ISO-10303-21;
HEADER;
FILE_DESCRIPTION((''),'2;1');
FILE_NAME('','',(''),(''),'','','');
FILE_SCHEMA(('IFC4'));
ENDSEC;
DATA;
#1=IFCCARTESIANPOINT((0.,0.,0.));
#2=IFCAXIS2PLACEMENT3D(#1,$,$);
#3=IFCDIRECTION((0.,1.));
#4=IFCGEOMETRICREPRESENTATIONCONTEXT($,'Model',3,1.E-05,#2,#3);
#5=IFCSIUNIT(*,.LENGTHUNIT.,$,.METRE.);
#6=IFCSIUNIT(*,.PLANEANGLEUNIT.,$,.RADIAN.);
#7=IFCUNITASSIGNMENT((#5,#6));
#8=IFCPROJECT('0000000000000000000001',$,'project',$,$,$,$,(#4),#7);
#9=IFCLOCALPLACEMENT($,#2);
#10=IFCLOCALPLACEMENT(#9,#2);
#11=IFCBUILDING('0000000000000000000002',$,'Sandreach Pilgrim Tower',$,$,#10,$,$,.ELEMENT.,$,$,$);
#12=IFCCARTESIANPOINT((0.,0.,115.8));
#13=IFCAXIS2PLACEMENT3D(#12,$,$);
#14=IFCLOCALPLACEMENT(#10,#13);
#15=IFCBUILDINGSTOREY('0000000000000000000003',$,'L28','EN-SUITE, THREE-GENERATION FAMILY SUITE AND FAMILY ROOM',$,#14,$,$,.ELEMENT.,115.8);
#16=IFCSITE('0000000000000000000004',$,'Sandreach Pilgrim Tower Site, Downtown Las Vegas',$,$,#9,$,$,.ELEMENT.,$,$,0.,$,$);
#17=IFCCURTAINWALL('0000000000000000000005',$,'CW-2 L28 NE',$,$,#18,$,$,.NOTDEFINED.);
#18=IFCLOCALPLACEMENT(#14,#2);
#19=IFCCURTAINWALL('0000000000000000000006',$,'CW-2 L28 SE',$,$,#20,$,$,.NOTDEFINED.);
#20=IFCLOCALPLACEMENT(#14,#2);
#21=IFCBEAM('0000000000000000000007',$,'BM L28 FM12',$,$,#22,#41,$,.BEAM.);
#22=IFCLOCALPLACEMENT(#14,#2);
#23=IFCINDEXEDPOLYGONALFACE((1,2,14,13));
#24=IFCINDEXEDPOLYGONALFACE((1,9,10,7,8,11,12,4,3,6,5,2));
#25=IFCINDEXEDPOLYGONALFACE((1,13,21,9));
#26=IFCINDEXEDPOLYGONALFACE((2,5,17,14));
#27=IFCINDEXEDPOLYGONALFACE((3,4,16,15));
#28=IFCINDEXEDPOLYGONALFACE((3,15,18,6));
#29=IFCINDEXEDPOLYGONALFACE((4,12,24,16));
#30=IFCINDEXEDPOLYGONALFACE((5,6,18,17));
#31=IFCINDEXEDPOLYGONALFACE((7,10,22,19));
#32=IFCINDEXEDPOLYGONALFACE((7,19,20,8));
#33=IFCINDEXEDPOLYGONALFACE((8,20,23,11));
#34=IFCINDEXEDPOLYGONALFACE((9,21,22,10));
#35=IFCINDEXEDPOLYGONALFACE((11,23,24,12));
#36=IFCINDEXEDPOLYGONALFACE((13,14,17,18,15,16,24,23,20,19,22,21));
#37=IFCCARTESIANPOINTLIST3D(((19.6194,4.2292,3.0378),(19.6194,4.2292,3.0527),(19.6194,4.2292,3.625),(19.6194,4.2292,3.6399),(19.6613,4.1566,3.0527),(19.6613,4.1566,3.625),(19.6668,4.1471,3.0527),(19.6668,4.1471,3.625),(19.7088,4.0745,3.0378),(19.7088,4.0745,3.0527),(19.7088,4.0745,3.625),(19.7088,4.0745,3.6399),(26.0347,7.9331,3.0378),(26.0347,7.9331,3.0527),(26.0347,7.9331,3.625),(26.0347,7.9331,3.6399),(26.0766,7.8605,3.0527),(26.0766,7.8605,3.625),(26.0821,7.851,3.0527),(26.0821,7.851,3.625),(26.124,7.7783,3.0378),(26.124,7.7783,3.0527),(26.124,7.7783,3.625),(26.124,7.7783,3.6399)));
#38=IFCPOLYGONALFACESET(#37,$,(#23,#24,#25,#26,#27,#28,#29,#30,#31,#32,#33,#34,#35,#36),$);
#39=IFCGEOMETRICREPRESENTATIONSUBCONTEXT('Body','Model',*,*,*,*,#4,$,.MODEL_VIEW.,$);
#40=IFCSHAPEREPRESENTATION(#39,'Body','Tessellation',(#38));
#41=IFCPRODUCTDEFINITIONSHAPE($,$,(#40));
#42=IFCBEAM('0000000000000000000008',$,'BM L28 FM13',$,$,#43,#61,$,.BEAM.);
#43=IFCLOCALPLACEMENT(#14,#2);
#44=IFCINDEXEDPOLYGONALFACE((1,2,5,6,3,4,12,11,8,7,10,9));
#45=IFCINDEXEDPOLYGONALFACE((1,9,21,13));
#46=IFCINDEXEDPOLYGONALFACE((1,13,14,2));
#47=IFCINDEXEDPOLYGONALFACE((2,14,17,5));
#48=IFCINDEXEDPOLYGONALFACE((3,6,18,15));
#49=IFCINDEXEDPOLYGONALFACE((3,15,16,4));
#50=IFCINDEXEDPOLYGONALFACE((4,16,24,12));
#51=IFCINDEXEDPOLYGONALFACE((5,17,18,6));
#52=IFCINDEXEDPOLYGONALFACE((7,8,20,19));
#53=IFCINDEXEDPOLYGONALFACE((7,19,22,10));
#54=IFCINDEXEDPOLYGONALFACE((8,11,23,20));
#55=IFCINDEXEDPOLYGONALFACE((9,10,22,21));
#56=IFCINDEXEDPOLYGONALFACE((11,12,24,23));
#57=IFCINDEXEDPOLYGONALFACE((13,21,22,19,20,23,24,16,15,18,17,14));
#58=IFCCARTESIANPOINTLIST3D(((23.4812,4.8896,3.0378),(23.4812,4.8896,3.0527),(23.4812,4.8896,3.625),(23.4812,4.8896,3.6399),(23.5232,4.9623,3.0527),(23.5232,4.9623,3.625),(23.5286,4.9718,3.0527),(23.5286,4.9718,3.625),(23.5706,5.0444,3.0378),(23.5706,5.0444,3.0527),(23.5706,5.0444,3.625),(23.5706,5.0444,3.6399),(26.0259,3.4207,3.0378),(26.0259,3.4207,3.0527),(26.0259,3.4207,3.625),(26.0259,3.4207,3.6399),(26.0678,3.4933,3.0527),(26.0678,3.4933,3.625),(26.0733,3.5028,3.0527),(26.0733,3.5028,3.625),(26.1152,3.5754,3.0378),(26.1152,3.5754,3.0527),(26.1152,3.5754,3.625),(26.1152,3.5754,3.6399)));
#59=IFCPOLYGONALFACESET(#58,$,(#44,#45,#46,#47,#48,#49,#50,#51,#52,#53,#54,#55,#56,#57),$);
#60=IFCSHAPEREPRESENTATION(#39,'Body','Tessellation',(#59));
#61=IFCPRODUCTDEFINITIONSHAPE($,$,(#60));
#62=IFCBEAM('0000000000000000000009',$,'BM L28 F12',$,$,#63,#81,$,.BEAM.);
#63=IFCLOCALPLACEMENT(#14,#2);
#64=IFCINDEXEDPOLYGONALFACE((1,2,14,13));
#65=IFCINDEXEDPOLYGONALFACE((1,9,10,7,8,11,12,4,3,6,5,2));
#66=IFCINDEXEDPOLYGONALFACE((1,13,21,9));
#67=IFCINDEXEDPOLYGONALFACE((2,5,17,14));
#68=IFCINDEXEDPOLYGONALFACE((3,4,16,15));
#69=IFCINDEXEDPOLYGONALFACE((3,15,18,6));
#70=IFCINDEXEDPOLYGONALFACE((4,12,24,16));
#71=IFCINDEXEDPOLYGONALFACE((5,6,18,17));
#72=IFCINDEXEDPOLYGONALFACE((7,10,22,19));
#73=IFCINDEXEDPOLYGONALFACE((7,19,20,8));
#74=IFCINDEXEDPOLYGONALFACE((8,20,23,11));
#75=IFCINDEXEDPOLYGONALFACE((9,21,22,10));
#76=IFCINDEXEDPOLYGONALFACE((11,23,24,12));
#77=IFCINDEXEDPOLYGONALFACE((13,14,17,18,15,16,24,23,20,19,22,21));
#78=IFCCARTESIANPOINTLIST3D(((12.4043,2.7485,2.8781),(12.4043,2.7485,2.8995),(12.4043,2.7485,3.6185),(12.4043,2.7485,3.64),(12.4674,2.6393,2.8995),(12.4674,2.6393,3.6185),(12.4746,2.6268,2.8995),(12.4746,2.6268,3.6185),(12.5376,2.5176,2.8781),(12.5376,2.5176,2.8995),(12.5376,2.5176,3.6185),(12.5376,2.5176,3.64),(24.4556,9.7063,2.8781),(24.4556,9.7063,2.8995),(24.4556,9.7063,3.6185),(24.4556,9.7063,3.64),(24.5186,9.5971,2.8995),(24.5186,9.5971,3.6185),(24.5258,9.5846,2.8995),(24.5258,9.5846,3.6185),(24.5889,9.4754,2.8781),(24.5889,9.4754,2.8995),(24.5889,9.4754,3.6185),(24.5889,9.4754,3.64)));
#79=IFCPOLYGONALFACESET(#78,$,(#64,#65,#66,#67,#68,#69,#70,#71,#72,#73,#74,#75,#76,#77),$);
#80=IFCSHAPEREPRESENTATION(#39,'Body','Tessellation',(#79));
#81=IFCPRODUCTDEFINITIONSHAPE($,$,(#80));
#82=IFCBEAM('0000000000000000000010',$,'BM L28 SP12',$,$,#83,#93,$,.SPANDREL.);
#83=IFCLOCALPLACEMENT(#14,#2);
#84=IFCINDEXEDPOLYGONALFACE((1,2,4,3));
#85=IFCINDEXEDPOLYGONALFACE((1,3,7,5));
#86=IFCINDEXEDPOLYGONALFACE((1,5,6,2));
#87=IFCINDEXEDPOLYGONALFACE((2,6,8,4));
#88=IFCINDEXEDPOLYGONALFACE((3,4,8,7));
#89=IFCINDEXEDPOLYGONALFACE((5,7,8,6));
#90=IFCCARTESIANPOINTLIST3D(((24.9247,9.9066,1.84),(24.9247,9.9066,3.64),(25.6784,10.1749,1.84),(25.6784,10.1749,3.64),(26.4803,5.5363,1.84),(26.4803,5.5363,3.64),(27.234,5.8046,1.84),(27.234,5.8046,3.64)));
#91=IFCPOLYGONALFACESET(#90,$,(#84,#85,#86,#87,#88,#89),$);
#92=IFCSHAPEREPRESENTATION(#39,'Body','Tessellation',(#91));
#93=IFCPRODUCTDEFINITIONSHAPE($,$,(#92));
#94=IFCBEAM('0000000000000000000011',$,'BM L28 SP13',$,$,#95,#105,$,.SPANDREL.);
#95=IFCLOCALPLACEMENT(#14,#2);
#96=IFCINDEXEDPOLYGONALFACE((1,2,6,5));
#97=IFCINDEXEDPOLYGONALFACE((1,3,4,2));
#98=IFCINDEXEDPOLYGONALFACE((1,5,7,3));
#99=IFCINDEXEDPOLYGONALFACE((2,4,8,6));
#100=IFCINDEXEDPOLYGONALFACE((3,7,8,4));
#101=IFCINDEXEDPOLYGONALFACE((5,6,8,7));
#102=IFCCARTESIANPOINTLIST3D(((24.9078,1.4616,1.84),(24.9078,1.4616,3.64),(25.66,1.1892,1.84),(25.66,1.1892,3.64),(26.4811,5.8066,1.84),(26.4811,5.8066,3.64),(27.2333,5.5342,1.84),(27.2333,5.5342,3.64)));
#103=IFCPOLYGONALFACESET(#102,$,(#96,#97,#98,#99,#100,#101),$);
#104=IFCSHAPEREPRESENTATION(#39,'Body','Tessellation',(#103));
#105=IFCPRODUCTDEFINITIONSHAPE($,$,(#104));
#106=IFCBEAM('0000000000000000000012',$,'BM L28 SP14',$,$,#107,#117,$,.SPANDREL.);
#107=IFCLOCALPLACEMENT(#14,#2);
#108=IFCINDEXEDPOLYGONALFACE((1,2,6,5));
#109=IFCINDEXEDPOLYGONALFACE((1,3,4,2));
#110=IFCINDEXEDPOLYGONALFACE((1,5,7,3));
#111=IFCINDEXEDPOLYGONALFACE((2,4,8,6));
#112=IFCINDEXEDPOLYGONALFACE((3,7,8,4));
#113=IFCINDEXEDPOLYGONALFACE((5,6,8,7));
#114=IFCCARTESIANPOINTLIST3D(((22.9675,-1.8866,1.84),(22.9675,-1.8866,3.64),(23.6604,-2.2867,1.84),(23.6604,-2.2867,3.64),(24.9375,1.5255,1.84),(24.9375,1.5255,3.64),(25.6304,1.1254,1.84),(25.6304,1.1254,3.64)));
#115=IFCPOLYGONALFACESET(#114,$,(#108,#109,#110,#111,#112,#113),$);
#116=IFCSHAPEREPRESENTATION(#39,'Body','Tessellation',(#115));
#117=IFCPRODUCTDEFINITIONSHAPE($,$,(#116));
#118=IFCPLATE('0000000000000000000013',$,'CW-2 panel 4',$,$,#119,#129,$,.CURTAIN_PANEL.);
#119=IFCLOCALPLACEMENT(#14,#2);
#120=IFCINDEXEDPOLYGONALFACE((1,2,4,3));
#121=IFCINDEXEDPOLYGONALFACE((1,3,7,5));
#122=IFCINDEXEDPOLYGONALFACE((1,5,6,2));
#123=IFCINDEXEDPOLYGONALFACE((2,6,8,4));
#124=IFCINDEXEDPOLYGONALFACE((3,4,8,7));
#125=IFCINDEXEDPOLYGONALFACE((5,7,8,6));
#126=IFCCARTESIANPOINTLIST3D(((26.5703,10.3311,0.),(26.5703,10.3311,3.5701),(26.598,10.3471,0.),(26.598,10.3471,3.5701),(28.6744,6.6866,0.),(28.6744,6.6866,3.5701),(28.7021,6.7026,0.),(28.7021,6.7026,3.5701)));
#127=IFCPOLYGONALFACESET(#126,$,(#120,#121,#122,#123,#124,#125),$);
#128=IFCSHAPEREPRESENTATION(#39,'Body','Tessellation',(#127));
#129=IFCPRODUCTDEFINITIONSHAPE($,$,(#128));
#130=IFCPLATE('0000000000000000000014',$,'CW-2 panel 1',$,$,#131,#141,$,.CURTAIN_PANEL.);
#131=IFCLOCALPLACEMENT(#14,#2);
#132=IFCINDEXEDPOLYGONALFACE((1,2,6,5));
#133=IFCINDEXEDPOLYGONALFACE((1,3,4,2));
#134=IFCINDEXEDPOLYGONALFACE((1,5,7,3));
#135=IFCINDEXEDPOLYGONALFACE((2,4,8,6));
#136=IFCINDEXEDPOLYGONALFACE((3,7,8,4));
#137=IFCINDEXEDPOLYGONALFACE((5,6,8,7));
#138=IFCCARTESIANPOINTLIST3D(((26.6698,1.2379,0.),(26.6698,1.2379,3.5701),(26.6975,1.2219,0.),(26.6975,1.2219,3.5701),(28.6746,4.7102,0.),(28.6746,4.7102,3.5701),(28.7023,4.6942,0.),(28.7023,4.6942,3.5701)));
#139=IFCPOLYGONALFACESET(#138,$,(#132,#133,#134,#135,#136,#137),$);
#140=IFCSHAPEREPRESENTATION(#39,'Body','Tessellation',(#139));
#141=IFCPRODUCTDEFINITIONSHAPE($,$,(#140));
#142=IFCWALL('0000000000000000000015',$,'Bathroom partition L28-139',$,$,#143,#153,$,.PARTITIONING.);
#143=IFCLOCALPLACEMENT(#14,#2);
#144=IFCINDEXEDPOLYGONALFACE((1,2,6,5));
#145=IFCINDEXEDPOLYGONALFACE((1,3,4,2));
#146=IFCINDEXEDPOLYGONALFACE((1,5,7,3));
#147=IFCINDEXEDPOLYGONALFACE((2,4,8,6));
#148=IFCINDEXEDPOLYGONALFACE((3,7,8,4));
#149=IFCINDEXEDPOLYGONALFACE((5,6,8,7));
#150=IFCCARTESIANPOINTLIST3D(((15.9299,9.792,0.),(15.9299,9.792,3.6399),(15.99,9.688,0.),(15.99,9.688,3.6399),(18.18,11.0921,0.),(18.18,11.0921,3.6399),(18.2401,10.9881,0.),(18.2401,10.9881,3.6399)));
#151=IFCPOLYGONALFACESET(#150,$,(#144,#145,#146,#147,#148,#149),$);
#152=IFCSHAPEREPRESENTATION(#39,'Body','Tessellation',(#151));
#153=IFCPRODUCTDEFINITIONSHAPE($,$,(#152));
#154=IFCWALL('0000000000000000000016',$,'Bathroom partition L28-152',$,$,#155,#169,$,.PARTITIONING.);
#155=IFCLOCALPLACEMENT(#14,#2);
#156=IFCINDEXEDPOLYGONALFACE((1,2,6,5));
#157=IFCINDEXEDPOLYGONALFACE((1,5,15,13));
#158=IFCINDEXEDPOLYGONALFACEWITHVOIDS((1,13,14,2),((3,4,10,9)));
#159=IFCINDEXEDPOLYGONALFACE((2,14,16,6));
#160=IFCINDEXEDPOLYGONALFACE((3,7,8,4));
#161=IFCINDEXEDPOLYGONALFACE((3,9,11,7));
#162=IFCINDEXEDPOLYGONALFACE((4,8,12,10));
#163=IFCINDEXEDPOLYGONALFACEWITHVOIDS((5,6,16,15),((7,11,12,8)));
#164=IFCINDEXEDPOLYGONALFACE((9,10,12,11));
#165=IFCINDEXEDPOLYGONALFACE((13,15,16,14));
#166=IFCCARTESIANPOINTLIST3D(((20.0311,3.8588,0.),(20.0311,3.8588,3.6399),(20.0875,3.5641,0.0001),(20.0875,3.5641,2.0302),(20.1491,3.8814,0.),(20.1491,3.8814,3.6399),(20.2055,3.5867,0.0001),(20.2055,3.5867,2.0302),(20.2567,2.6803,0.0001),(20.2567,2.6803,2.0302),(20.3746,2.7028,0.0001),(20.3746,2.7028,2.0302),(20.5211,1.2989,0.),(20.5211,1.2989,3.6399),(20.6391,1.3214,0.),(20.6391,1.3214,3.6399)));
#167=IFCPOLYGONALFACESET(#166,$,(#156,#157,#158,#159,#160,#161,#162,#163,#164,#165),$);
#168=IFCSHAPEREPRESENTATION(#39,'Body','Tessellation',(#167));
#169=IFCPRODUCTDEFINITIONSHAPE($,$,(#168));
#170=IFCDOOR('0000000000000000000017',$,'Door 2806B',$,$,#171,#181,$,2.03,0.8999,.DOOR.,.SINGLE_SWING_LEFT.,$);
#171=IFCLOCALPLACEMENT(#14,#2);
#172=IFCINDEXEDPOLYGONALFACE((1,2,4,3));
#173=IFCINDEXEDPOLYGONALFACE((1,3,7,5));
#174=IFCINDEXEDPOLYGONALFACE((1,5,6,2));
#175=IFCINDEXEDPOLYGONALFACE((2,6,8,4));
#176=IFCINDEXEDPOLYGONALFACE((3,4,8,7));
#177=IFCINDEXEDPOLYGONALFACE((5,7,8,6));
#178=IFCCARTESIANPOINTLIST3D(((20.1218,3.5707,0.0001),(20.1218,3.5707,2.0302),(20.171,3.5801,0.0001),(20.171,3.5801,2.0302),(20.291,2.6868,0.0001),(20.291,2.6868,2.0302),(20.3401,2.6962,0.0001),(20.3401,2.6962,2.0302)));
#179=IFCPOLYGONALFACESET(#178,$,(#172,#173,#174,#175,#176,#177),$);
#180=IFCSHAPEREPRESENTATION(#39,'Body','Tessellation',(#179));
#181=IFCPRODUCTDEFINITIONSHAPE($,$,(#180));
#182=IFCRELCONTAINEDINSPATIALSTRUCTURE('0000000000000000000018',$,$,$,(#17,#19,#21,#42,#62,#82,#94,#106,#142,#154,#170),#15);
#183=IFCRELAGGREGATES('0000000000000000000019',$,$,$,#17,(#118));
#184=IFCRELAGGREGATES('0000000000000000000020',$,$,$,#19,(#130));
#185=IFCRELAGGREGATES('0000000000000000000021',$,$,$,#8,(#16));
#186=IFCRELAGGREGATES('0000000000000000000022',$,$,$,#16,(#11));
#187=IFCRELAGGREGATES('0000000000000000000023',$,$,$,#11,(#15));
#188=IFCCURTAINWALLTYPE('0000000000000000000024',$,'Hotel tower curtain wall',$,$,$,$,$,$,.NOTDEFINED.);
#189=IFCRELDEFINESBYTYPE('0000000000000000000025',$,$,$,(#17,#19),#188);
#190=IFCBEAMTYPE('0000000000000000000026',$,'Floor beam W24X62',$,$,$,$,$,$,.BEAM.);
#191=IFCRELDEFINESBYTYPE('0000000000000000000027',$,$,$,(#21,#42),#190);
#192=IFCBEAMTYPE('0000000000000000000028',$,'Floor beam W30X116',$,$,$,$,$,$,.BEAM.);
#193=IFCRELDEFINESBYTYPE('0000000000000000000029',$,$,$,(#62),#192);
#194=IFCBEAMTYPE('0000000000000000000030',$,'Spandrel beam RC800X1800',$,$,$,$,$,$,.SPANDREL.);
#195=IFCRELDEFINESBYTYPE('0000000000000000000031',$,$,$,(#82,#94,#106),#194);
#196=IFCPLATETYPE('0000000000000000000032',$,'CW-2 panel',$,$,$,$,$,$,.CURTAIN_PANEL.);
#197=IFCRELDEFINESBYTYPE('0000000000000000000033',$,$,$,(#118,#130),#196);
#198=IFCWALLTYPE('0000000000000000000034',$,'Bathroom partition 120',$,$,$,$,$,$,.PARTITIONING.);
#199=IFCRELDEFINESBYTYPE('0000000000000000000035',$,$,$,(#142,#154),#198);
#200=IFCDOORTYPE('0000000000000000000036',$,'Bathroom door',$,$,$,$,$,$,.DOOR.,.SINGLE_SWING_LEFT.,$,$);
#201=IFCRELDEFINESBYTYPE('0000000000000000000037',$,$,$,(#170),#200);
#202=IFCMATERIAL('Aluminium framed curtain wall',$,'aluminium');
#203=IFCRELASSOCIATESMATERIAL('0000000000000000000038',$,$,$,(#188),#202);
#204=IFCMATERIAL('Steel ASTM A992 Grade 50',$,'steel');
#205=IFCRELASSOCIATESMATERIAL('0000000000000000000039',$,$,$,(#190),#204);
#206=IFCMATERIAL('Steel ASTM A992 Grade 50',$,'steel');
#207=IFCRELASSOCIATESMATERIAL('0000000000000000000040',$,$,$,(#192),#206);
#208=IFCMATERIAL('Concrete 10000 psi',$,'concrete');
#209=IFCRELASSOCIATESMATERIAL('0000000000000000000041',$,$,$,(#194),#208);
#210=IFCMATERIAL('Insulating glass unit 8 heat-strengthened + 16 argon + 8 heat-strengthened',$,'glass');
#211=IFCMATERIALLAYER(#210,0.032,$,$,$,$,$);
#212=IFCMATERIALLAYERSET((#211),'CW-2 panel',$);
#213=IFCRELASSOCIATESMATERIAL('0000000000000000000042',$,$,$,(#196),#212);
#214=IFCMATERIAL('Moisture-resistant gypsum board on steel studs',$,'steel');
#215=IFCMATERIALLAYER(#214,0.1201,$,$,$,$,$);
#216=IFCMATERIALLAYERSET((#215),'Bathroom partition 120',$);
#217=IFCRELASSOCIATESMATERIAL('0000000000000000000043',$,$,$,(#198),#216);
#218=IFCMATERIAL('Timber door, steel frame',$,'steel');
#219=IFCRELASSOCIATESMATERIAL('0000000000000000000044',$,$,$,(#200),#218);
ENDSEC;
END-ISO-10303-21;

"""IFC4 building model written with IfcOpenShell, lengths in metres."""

from ifc_helpers import new_model, si_unit, direction, frame, frame_2d, origin, origin_2d, place, context, subcontext, project, spatial, rectangle, i_section, extrude, material, layer, layer_set, material_profile, profile_set, type_object, element, fill, aggregate, save


model = new_model("IFC4")

# Units and contexts
model_context = context("Model", 3, precision=1e-05, world=origin(), true_north=direction((0.0, 1.0)))
body_context = subcontext(model_context, "Body", "Model", "MODEL_VIEW")
ifc_project = project(units=[si_unit("LENGTHUNIT", "METRE"), si_unit("PLANEANGLEUNIT", "RADIAN")], contexts=[model_context])

# Site, building, storey
site_placement = place(None, origin())
site = spatial("IfcSite", under=ifc_project, at=site_placement, Name="Sandreach Pilgrim Tower Site, Downtown Las Vegas", CompositionType="ELEMENT", RefElevation=0.0)
building_placement = place(site_placement, origin())
building = spatial("IfcBuilding", under=site, at=building_placement, Name="Sandreach Pilgrim Tower", CompositionType="ELEMENT")
storey_placement = place(building_placement, frame((0.0, 0.0, 115.8)))
storey = spatial("IfcBuildingStorey", under=building, at=storey_placement, Name="L28", Description="EN-SUITE, THREE-GENERATION FAMILY SUITE AND FAMILY ROOM", CompositionType="ELEMENT", Elevation=115.8)

# Curtain walls
ifc_material_1 = material(Name="Aluminium framed curtain wall", Category="aluminium")
curtain_wall_type = type_object("IfcCurtainWallType", Name="Hotel tower curtain wall", PredefinedType="NOTDEFINED", material=ifc_material_1)
curtain_wall_1_placement = place(storey_placement, origin())
curtain_wall_1 = element("IfcCurtainWall", 1, at=curtain_wall_1_placement, inside=storey, type_object=curtain_wall_type, Name="CW-2 L28 NE", PredefinedType="NOTDEFINED")
curtain_wall_2_placement = place(storey_placement, origin())
curtain_wall_2 = element("IfcCurtainWall", 2, at=curtain_wall_2_placement, inside=storey, type_object=curtain_wall_type, Name="CW-2 L28 SE", PredefinedType="NOTDEFINED")

# Beams
ifc_material_2 = material(Name="Steel ASTM A992 Grade 50", Category="steel")
ifc_material_profile_1 = material_profile(ifc_material_2, i_section(OverallWidth=0.1787, OverallDepth=0.6021, WebThickness=0.011, FlangeThickness=0.0149, at=origin_2d()), Name="W24X62")
ifc_profile_set_1 = profile_set([ifc_material_profile_1], Name="Steel ASTM A992 Grade 50")
beam_type_1 = type_object("IfcBeamType", Name="Floor beam W24X62", PredefinedType="BEAM", material=ifc_profile_set_1)
beam_1_placement = place(storey_placement, frame((26.0793, 7.8557, 3.3389), z_axis=(-0.866026, -0.499999, 0.0), x_axis=(0.499999, -0.866026, 0.0)))
element("IfcBeam", 3, at=beam_1_placement, inside=storey, type_object=beam_type_1, Name="BM L28 FM12", PredefinedType="BEAM", context=body_context, shape_type="SweptSolid", body=[
    extrude(i_section(OverallWidth=0.1787, OverallDepth=0.6021, WebThickness=0.011, FlangeThickness=0.0149, at=origin_2d()), origin(), (0.0, 0.0, 1.0), 7.4077),
])
beam_2_placement = place(storey_placement, frame((26.0706, 3.498, 3.3389), z_axis=(-0.866051, 0.499955, 0.0), x_axis=(-0.499955, -0.866051, 0.0)))
element("IfcBeam", 4, at=beam_2_placement, inside=storey, type_object=beam_type_1, Name="BM L28 FM13", PredefinedType="BEAM", context=body_context, shape_type="SweptSolid", body=[
    extrude(i_section(OverallWidth=0.1787, OverallDepth=0.6021, WebThickness=0.011, FlangeThickness=0.0149, at=origin_2d()), origin(), (0.0, 0.0, 1.0), 2.9382),
])
ifc_material_3 = material(Name="Steel ASTM A992 Grade 50", Category="steel")
ifc_material_profile_2 = material_profile(ifc_material_3, i_section(OverallWidth=0.2666, OverallDepth=0.762, WebThickness=0.0144, FlangeThickness=0.0215, at=origin_2d()), Name="W30X116")
ifc_profile_set_2 = profile_set([ifc_material_profile_2], Name="Steel ASTM A992 Grade 50")
beam_type_2 = type_object("IfcBeamType", Name="Floor beam W30X116", PredefinedType="BEAM", material=ifc_profile_set_2)
beam_3_placement = place(storey_placement, frame((24.5222, 9.5908, 3.259), z_axis=(-0.866027, -0.499998, 0.0), x_axis=(0.499998, -0.866027, 0.0)))
element("IfcBeam", 5, at=beam_3_placement, inside=storey, type_object=beam_type_2, Name="BM L28 F12", PredefinedType="BEAM", context=body_context, shape_type="SweptSolid", body=[
    extrude(i_section(OverallWidth=0.2666, OverallDepth=0.762, WebThickness=0.0144, FlangeThickness=0.0215, at=origin_2d()), origin(), (0.0, 0.0, 1.0), 13.9155),
])
ifc_material_4 = material(Name="Concrete 10000 psi", Category="concrete")
ifc_material_profile_3 = material_profile(ifc_material_4, rectangle(XDim=0.8, YDim=1.8, at=origin_2d()), Name="RC800X1800")
ifc_profile_set_3 = profile_set([ifc_material_profile_3], Name="Concrete 10000 psi")
beam_type_3 = type_object("IfcBeamType", Name="Spandrel beam RC800X1800", PredefinedType="SPANDREL", material=ifc_profile_set_3)
beam_4_placement = place(storey_placement, frame((25.3015, 10.0408, 2.74), z_axis=(0.335346, -0.942095, 0.0), x_axis=(0.942095, 0.335346, 0.0)))
element("IfcBeam", 6, at=beam_4_placement, inside=storey, type_object=beam_type_3, Name="BM L28 SP12", PredefinedType="SPANDREL", context=body_context, shape_type="SweptSolid", body=[
    extrude(rectangle(XDim=0.8, YDim=1.8, at=origin_2d()), origin(), (0.0, 0.0, 1.0), 4.6389),
])
beam_5_placement = place(storey_placement, frame((26.8572, 5.6704, 2.74), z_axis=(-0.340453, -0.940261, 0.0), x_axis=(0.940261, -0.340453, 0.0)))
element("IfcBeam", 7, at=beam_5_placement, inside=storey, type_object=beam_type_3, Name="BM L28 SP13", PredefinedType="SPANDREL", context=body_context, shape_type="SweptSolid", body=[
    extrude(rectangle(XDim=0.8, YDim=1.8, at=origin_2d()), origin(), (0.0, 0.0, 1.0), 4.6211),
])
beam_6_placement = place(storey_placement, frame((25.2839, 1.3254, 2.74), z_axis=(-0.499998, -0.866027, 0.0), x_axis=(0.866027, -0.499998, 0.0)))
element("IfcBeam", 8, at=beam_6_placement, inside=storey, type_object=beam_type_3, Name="BM L28 SP14", PredefinedType="SPANDREL", context=body_context, shape_type="SweptSolid", body=[
    extrude(rectangle(XDim=0.8, YDim=1.8, at=origin_2d()), origin(), (0.0, 0.0, 1.0), 3.9399),
])

# Plates
ifc_material_5 = material(Name="Insulating glass unit 8 heat-strengthened + 16 argon + 8 heat-strengthened", Category="glass")
ifc_layer_1 = layer(ifc_material_5, 0.032)
ifc_layer_set_1 = layer_set([ifc_layer_1], Name="CW-2 panel")
plate_type = type_object("IfcPlateType", Name="CW-2 panel", PredefinedType="CURTAIN_PANEL", material=ifc_layer_set_1)
plate_1_placement = place(storey_placement, frame((27.6362, 8.5168, 0.0), z_axis=(0.0, 0.0, 1.0), x_axis=(0.5, -0.866025, 0.0)))
plate_1 = element("IfcPlate", 9, at=plate_1_placement, type_object=plate_type, Name="CW-2 panel 4", PredefinedType="CURTAIN_PANEL", context=body_context, shape_type="SweptSolid", body=[
    extrude(rectangle(XDim=4.2083, YDim=0.032, at=origin_2d()), origin(), (0.0, 0.0, 1.0), 3.5701),
])
aggregate(curtain_wall_1, [plate_1])
plate_2_placement = place(storey_placement, frame((27.686, 2.9661, 0.0), z_axis=(0.0, 0.0, 1.0), x_axis=(-0.5, -0.866025, 0.0)))
plate_2 = element("IfcPlate", 10, at=plate_2_placement, type_object=plate_type, Name="CW-2 panel 1", PredefinedType="CURTAIN_PANEL", context=body_context, shape_type="SweptSolid", body=[
    extrude(rectangle(XDim=4.0095, YDim=0.032, at=origin_2d()), origin(), (0.0, 0.0, 1.0), 3.5701),
])
aggregate(curtain_wall_2, [plate_2])

# Wall
ifc_material_6 = material(Name="Moisture-resistant gypsum board on steel studs", Category="steel")
ifc_layer_2 = layer(ifc_material_6, 0.1201)
ifc_layer_set_2 = layer_set([ifc_layer_2], Name="Bathroom partition 120")
wall_type_1 = type_object("IfcWallType", Name="Bathroom partition 120", PredefinedType="PARTITIONING", material=ifc_layer_set_2)
wall_1_placement = place(storey_placement, frame((15.96, 9.74, 0.0), z_axis=(0.0, 0.0, 1.0), x_axis=(0.865857, 0.500292, 0.0)))
element("IfcWall", 11, at=wall_1_placement, inside=storey, type_object=wall_type_1, Name="Bathroom partition L28-139", PredefinedType="PARTITIONING", context=body_context, shape_type="SweptSolid", body=[
    extrude(rectangle(XDim=2.5986, YDim=0.1201, at=frame_2d((1.2993, 0.0))), origin(), (0.0, 0.0, 1.0), 3.6399),
])

# Wall, opening, door
wall_2_placement = place(storey_placement, frame((20.0901, 3.8701, 0.0), z_axis=(0.0, 0.0, 1.0), x_axis=(0.187986, -0.982172, 0.0)))
wall_2 = element("IfcWall", 12, at=wall_2_placement, inside=storey, type_object=wall_type_1, Name="Bathroom partition L28-152", PredefinedType="PARTITIONING", context=body_context, shape_type="SweptSolid", body=[
    extrude(rectangle(XDim=2.6064, YDim=0.1201, at=frame_2d((1.3032, 0.0))), origin(), (0.0, 0.0, 1.0), 3.6399),
])
opening_1_placement = place(wall_2_placement, frame((0.3, 0.0, 0.0)))
opening_1 = element("IfcOpeningElement", 13, at=opening_1_placement, cuts=wall_2, PredefinedType="OPENING", context=body_context, shape_type="SweptSolid", body=[
    extrude(rectangle(XDim=0.8999, YDim=2.03, at=frame_2d((0.45, 1.0151))), frame((0.0, 0.0601, 0.0), z_axis=(0.0, -1.0, 0.0), x_axis=(1.0, 0.0, 0.0)), (0.0, 0.0, 1.0), 0.1201),
])
ifc_material_7 = material(Name="Timber door, steel frame", Category="steel")
door_type_1 = type_object("IfcDoorType", Name="Bathroom door", OperationType="SINGLE_SWING_LEFT", PredefinedType="DOOR", material=ifc_material_7)
door_1_placement = place(opening_1_placement, origin())
door_1 = element("IfcDoor", 14, at=door_1_placement, inside=storey, type_object=door_type_1, Name="Door 2806B", OperationType="SINGLE_SWING_LEFT", OverallHeight=2.03, OverallWidth=0.8999, PredefinedType="DOOR", context=body_context, shape_type="SweptSolid", body=[
    extrude(rectangle(XDim=0.8999, YDim=2.03, at=frame_2d((0.45, 1.0151))), frame((0.0, 0.0249, 0.0), z_axis=(0.0, -1.0, 0.0), x_axis=(1.0, 0.0, 0.0)), (0.0, 0.0, 1.0), 0.05),
])
fill(opening_1, door_1)

save(model, "model.ifc")
